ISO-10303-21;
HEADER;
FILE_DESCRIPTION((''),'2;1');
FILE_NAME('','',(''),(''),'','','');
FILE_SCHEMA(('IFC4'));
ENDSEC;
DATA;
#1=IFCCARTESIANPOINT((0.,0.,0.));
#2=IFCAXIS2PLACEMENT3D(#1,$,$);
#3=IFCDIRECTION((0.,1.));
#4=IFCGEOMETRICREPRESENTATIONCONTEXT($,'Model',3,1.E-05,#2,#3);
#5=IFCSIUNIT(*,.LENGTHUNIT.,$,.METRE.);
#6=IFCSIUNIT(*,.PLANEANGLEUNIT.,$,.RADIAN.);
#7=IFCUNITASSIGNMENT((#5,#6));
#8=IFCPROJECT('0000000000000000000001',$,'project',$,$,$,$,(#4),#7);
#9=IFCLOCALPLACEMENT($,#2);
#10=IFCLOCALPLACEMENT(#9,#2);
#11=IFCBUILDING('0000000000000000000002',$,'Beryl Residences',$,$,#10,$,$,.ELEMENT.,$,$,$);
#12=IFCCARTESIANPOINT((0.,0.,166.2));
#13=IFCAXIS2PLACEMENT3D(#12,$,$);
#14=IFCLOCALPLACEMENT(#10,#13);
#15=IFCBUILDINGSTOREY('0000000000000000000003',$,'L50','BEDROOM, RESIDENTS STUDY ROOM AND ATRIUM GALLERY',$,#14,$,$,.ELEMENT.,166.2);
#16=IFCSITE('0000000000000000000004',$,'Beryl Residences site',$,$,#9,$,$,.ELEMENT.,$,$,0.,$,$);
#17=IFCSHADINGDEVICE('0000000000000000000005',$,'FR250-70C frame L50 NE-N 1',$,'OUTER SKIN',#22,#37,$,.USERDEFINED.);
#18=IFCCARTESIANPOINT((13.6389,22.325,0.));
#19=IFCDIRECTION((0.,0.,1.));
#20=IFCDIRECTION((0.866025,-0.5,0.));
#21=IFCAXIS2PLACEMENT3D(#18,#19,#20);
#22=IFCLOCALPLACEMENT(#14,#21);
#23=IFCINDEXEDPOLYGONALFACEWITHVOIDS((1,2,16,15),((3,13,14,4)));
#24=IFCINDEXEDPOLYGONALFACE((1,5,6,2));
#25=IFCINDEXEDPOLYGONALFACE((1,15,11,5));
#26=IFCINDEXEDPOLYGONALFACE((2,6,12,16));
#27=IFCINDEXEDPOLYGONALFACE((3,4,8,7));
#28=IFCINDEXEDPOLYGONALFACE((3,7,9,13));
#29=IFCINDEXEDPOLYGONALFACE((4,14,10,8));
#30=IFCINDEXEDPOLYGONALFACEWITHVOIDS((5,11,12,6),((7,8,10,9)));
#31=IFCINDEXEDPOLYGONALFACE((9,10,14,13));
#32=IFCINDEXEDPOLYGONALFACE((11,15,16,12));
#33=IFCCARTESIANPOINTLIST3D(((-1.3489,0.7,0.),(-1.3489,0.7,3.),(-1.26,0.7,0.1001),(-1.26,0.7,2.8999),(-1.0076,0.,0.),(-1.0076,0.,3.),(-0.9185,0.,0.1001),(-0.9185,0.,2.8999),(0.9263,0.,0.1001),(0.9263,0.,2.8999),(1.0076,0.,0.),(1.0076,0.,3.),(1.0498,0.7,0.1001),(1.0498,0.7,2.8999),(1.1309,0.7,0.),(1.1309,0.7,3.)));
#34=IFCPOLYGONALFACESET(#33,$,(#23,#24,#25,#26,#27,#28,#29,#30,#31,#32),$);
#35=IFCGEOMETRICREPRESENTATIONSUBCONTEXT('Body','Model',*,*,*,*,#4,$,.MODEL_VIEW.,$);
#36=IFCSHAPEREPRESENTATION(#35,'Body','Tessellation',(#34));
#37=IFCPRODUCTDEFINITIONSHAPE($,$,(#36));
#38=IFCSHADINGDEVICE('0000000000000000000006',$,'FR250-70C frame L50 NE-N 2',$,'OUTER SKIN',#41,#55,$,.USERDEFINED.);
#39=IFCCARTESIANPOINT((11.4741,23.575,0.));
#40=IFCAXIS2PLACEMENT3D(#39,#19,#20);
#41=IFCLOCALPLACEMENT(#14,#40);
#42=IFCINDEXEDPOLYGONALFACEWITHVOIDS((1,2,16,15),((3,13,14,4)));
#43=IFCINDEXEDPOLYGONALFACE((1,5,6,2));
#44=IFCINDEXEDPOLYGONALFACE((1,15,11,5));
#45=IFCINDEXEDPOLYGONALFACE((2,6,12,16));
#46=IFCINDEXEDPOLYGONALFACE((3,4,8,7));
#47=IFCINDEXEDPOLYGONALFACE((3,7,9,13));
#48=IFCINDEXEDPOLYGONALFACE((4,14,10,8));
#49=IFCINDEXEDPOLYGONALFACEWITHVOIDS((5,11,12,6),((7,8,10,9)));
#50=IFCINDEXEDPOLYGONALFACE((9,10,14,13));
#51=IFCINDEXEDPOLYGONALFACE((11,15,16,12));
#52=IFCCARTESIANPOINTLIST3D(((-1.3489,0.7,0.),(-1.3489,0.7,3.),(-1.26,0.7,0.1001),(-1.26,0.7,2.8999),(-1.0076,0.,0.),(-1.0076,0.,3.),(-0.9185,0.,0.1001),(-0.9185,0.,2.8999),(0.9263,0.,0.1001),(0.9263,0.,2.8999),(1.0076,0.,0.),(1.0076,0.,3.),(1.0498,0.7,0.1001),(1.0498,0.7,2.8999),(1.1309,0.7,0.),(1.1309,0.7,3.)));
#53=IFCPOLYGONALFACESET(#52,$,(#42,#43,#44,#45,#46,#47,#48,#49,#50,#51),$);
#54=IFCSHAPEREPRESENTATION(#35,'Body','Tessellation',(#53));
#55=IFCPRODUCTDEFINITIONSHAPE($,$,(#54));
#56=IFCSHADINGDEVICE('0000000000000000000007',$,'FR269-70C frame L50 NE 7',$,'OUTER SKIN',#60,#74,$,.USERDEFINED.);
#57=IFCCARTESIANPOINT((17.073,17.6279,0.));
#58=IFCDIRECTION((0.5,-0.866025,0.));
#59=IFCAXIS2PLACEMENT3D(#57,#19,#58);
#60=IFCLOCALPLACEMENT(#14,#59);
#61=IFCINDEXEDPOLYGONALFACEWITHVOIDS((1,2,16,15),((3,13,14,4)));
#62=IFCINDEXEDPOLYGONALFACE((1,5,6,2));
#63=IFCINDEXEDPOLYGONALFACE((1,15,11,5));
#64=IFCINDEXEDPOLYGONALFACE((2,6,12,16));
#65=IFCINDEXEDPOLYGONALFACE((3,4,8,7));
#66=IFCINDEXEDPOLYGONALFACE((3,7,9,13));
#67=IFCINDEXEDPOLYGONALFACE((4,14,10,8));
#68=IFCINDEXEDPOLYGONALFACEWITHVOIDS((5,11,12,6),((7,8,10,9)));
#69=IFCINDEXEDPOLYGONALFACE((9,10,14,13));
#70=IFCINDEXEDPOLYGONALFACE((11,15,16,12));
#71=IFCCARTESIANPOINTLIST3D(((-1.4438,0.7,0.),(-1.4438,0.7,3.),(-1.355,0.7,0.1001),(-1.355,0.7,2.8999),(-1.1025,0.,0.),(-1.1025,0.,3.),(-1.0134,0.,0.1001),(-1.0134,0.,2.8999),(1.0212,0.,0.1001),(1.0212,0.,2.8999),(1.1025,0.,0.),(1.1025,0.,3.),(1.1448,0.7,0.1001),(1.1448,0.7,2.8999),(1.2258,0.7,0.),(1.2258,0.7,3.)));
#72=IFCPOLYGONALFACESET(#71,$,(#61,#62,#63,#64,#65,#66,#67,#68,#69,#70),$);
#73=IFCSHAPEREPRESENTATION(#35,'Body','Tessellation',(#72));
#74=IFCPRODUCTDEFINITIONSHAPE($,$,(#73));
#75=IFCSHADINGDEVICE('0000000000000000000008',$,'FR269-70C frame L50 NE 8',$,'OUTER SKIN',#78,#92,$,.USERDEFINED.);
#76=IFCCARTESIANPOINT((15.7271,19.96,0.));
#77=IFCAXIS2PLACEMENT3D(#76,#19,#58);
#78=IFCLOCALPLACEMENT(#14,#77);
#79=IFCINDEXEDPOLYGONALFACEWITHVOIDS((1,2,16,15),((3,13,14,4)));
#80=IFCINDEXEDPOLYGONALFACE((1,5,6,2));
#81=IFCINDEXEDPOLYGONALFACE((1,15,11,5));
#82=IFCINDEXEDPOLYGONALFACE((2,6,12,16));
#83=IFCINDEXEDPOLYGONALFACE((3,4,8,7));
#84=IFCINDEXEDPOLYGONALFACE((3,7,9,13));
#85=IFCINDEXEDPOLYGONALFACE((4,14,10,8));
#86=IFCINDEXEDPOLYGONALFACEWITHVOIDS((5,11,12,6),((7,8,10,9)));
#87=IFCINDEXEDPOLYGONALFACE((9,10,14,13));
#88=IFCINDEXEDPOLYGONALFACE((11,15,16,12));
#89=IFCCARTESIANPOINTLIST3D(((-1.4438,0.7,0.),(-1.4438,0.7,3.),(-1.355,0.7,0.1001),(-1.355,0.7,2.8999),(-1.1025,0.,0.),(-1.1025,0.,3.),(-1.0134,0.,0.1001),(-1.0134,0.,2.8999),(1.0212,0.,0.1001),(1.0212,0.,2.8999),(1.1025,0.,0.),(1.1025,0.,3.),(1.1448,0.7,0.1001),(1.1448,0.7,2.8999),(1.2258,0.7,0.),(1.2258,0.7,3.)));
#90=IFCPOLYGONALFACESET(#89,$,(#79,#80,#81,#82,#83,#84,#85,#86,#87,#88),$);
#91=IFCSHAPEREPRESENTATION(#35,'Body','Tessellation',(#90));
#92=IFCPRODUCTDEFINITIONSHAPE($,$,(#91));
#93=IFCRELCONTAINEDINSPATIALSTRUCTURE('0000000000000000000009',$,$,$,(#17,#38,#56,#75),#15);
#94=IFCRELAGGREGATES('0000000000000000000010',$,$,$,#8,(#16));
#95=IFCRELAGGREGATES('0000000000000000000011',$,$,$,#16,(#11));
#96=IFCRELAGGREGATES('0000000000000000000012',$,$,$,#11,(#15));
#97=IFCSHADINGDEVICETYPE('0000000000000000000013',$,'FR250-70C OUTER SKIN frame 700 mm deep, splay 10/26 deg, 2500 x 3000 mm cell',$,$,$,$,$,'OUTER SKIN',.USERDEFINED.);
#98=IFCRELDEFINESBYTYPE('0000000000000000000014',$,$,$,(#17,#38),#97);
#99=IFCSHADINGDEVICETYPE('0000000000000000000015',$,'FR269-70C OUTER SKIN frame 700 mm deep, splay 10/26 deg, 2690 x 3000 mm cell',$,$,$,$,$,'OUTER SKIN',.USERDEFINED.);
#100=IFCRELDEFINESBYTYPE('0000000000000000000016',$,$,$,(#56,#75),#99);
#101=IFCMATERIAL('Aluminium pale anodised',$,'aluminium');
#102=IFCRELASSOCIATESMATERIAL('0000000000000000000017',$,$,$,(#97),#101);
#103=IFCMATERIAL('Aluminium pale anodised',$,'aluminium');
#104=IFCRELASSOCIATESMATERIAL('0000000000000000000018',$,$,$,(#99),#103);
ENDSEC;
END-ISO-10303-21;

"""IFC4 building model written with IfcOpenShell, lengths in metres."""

from ifc_helpers import new_model, entity, si_unit, direction, frame, origin, place, context, subcontext, project, spatial, source, transform, mapped, material, type_object, type_shapes, element, save


model = new_model("IFC4")

# Units and contexts
model_context = context("Model", 3, precision=1e-05, world=origin(), true_north=direction((0.0, 1.0)))
body_context = subcontext(model_context, "Body", "Model", "MODEL_VIEW")
ifc_project = project(units=[si_unit("LENGTHUNIT", "METRE"), si_unit("PLANEANGLEUNIT", "RADIAN")], contexts=[model_context])

# Site, building, storey
site_placement = place(None, origin())
site = spatial("IfcSite", under=ifc_project, at=site_placement, Name="Beryl Residences site", CompositionType="ELEMENT", RefElevation=0.0)
building_placement = place(site_placement, origin())
building = spatial("IfcBuilding", under=site, at=building_placement, Name="Beryl Residences", CompositionType="ELEMENT")
storey_placement = place(building_placement, frame((0.0, 0.0, 166.2)))
storey = spatial("IfcBuildingStorey", under=building, at=storey_placement, Name="L50", Description="BEDROOM, RESIDENTS STUDY ROOM AND ATRIUM GALLERY", CompositionType="ELEMENT", Elevation=166.2)

# Shading devices
ifc_material_1 = material(Name="Aluminium pale anodised", Category="aluminium")
shading_device_type_1 = type_object("IfcShadingDeviceType", Name="FR250-70C OUTER SKIN frame 700 mm deep, splay 10/26 deg, 2500 x 3000 mm cell", ElementType="OUTER SKIN", PredefinedType="USERDEFINED", material=ifc_material_1)
cartesian_point_1 = entity("IfcCartesianPoint", [-1.0076, 0.0])
cartesian_point_2 = entity("IfcCartesianPoint", [-0.9263, 0.1001])
cartesian_point_3 = entity("IfcCartesianPoint", [-1.1309, 0.0])
cartesian_point_4 = entity("IfcCartesianPoint", [-1.0498, 0.1001])
shared_shape_1 = source(origin(), body_context, "Body", "SweptSolid", [
    entity("IfcExtrudedAreaSolidTapered", entity("IfcArbitraryProfileDefWithVoids", "AREA", None, entity("IfcPolyline", [cartesian_point_1, entity("IfcCartesianPoint", [1.0076, 0.0]), entity("IfcCartesianPoint", [1.0076, 3.0]), entity("IfcCartesianPoint", [-1.0076, 3.0]), cartesian_point_1]), [entity("IfcPolyline", [cartesian_point_2, entity("IfcCartesianPoint", [0.9185, 0.1001]), entity("IfcCartesianPoint", [0.9185, 2.8999]), entity("IfcCartesianPoint", [-0.9263, 2.8999]), cartesian_point_2])]), entity("IfcAxis2Placement3D", entity("IfcCartesianPoint", [0.0, 0.0, 0.0]), entity("IfcDirection", [0.0, 1.0, 0.0]), entity("IfcDirection", [-1.0, 0.0, 0.0])), entity("IfcDirection", [0.0, 0.0, 1.0]), 0.7, entity("IfcArbitraryProfileDefWithVoids", "AREA", None, entity("IfcPolyline", [cartesian_point_3, entity("IfcCartesianPoint", [1.3489, 0.0]), entity("IfcCartesianPoint", [1.3489, 3.0]), entity("IfcCartesianPoint", [-1.1309, 3.0]), cartesian_point_3]), [entity("IfcPolyline", [cartesian_point_4, entity("IfcCartesianPoint", [1.26, 0.1001]), entity("IfcCartesianPoint", [1.26, 2.8999]), entity("IfcCartesianPoint", [-1.0498, 2.8999]), cartesian_point_4])])),
])
type_shapes(shading_device_type_1, [shared_shape_1])
for number, where, z_axis, x_axis, name in (
    (1, (13.6389, 22.325, 0.0), (0.0, 0.0, 1.0), (0.866025, -0.5, 0.0), "FR250-70C frame L50 NE-N 1"),
    (2, (11.4741, 23.575, 0.0), (0.0, 0.0, 1.0), (0.866025, -0.5, 0.0), "FR250-70C frame L50 NE-N 2"),
):
    element("IfcShadingDevice", number, at=place(storey_placement, frame(where, z_axis=z_axis, x_axis=x_axis)), inside=storey, type_object=shading_device_type_1, Name=name, ObjectType="OUTER SKIN", PredefinedType="USERDEFINED", context=body_context, shape_type="MappedRepresentation", body=[
        mapped(shared_shape_1, transform((0.0, 0.0, 0.0))),
    ])
ifc_material_2 = material(Name="Aluminium pale anodised", Category="aluminium")
shading_device_type_2 = type_object("IfcShadingDeviceType", Name="FR269-70C OUTER SKIN frame 700 mm deep, splay 10/26 deg, 2690 x 3000 mm cell", ElementType="OUTER SKIN", PredefinedType="USERDEFINED", material=ifc_material_2)
cartesian_point_5 = entity("IfcCartesianPoint", [-1.1025, 0.0])
cartesian_point_6 = entity("IfcCartesianPoint", [-1.0212, 0.1001])
cartesian_point_7 = entity("IfcCartesianPoint", [-1.2258, 0.0])
cartesian_point_8 = entity("IfcCartesianPoint", [-1.1448, 0.1001])
shared_shape_2 = source(origin(), body_context, "Body", "SweptSolid", [
    entity("IfcExtrudedAreaSolidTapered", entity("IfcArbitraryProfileDefWithVoids", "AREA", None, entity("IfcPolyline", [cartesian_point_5, entity("IfcCartesianPoint", [1.1025, 0.0]), entity("IfcCartesianPoint", [1.1025, 3.0]), entity("IfcCartesianPoint", [-1.1025, 3.0]), cartesian_point_5]), [entity("IfcPolyline", [cartesian_point_6, entity("IfcCartesianPoint", [1.0134, 0.1001]), entity("IfcCartesianPoint", [1.0134, 2.8999]), entity("IfcCartesianPoint", [-1.0212, 2.8999]), cartesian_point_6])]), entity("IfcAxis2Placement3D", entity("IfcCartesianPoint", [0.0, 0.0, 0.0]), entity("IfcDirection", [0.0, 1.0, 0.0]), entity("IfcDirection", [-1.0, 0.0, 0.0])), entity("IfcDirection", [0.0, 0.0, 1.0]), 0.7, entity("IfcArbitraryProfileDefWithVoids", "AREA", None, entity("IfcPolyline", [cartesian_point_7, entity("IfcCartesianPoint", [1.4438, 0.0]), entity("IfcCartesianPoint", [1.4438, 3.0]), entity("IfcCartesianPoint", [-1.2258, 3.0]), cartesian_point_7]), [entity("IfcPolyline", [cartesian_point_8, entity("IfcCartesianPoint", [1.355, 0.1001]), entity("IfcCartesianPoint", [1.355, 2.8999]), entity("IfcCartesianPoint", [-1.1448, 2.8999]), cartesian_point_8])])),
])
type_shapes(shading_device_type_2, [shared_shape_2])
for number, where, z_axis, x_axis, name in (
    (3, (17.073, 17.6279, 0.0), (0.0, 0.0, 1.0), (0.5, -0.866025, 0.0), "FR269-70C frame L50 NE 7"),
    (4, (15.7271, 19.96, 0.0), (0.0, 0.0, 1.0), (0.5, -0.866025, 0.0), "FR269-70C frame L50 NE 8"),
):
    element("IfcShadingDevice", number, at=place(storey_placement, frame(where, z_axis=z_axis, x_axis=x_axis)), inside=storey, type_object=shading_device_type_2, Name=name, ObjectType="OUTER SKIN", PredefinedType="USERDEFINED", context=body_context, shape_type="MappedRepresentation", body=[
        mapped(shared_shape_2, transform((0.0, 0.0, 0.0))),
    ])

save(model, "model.ifc")
